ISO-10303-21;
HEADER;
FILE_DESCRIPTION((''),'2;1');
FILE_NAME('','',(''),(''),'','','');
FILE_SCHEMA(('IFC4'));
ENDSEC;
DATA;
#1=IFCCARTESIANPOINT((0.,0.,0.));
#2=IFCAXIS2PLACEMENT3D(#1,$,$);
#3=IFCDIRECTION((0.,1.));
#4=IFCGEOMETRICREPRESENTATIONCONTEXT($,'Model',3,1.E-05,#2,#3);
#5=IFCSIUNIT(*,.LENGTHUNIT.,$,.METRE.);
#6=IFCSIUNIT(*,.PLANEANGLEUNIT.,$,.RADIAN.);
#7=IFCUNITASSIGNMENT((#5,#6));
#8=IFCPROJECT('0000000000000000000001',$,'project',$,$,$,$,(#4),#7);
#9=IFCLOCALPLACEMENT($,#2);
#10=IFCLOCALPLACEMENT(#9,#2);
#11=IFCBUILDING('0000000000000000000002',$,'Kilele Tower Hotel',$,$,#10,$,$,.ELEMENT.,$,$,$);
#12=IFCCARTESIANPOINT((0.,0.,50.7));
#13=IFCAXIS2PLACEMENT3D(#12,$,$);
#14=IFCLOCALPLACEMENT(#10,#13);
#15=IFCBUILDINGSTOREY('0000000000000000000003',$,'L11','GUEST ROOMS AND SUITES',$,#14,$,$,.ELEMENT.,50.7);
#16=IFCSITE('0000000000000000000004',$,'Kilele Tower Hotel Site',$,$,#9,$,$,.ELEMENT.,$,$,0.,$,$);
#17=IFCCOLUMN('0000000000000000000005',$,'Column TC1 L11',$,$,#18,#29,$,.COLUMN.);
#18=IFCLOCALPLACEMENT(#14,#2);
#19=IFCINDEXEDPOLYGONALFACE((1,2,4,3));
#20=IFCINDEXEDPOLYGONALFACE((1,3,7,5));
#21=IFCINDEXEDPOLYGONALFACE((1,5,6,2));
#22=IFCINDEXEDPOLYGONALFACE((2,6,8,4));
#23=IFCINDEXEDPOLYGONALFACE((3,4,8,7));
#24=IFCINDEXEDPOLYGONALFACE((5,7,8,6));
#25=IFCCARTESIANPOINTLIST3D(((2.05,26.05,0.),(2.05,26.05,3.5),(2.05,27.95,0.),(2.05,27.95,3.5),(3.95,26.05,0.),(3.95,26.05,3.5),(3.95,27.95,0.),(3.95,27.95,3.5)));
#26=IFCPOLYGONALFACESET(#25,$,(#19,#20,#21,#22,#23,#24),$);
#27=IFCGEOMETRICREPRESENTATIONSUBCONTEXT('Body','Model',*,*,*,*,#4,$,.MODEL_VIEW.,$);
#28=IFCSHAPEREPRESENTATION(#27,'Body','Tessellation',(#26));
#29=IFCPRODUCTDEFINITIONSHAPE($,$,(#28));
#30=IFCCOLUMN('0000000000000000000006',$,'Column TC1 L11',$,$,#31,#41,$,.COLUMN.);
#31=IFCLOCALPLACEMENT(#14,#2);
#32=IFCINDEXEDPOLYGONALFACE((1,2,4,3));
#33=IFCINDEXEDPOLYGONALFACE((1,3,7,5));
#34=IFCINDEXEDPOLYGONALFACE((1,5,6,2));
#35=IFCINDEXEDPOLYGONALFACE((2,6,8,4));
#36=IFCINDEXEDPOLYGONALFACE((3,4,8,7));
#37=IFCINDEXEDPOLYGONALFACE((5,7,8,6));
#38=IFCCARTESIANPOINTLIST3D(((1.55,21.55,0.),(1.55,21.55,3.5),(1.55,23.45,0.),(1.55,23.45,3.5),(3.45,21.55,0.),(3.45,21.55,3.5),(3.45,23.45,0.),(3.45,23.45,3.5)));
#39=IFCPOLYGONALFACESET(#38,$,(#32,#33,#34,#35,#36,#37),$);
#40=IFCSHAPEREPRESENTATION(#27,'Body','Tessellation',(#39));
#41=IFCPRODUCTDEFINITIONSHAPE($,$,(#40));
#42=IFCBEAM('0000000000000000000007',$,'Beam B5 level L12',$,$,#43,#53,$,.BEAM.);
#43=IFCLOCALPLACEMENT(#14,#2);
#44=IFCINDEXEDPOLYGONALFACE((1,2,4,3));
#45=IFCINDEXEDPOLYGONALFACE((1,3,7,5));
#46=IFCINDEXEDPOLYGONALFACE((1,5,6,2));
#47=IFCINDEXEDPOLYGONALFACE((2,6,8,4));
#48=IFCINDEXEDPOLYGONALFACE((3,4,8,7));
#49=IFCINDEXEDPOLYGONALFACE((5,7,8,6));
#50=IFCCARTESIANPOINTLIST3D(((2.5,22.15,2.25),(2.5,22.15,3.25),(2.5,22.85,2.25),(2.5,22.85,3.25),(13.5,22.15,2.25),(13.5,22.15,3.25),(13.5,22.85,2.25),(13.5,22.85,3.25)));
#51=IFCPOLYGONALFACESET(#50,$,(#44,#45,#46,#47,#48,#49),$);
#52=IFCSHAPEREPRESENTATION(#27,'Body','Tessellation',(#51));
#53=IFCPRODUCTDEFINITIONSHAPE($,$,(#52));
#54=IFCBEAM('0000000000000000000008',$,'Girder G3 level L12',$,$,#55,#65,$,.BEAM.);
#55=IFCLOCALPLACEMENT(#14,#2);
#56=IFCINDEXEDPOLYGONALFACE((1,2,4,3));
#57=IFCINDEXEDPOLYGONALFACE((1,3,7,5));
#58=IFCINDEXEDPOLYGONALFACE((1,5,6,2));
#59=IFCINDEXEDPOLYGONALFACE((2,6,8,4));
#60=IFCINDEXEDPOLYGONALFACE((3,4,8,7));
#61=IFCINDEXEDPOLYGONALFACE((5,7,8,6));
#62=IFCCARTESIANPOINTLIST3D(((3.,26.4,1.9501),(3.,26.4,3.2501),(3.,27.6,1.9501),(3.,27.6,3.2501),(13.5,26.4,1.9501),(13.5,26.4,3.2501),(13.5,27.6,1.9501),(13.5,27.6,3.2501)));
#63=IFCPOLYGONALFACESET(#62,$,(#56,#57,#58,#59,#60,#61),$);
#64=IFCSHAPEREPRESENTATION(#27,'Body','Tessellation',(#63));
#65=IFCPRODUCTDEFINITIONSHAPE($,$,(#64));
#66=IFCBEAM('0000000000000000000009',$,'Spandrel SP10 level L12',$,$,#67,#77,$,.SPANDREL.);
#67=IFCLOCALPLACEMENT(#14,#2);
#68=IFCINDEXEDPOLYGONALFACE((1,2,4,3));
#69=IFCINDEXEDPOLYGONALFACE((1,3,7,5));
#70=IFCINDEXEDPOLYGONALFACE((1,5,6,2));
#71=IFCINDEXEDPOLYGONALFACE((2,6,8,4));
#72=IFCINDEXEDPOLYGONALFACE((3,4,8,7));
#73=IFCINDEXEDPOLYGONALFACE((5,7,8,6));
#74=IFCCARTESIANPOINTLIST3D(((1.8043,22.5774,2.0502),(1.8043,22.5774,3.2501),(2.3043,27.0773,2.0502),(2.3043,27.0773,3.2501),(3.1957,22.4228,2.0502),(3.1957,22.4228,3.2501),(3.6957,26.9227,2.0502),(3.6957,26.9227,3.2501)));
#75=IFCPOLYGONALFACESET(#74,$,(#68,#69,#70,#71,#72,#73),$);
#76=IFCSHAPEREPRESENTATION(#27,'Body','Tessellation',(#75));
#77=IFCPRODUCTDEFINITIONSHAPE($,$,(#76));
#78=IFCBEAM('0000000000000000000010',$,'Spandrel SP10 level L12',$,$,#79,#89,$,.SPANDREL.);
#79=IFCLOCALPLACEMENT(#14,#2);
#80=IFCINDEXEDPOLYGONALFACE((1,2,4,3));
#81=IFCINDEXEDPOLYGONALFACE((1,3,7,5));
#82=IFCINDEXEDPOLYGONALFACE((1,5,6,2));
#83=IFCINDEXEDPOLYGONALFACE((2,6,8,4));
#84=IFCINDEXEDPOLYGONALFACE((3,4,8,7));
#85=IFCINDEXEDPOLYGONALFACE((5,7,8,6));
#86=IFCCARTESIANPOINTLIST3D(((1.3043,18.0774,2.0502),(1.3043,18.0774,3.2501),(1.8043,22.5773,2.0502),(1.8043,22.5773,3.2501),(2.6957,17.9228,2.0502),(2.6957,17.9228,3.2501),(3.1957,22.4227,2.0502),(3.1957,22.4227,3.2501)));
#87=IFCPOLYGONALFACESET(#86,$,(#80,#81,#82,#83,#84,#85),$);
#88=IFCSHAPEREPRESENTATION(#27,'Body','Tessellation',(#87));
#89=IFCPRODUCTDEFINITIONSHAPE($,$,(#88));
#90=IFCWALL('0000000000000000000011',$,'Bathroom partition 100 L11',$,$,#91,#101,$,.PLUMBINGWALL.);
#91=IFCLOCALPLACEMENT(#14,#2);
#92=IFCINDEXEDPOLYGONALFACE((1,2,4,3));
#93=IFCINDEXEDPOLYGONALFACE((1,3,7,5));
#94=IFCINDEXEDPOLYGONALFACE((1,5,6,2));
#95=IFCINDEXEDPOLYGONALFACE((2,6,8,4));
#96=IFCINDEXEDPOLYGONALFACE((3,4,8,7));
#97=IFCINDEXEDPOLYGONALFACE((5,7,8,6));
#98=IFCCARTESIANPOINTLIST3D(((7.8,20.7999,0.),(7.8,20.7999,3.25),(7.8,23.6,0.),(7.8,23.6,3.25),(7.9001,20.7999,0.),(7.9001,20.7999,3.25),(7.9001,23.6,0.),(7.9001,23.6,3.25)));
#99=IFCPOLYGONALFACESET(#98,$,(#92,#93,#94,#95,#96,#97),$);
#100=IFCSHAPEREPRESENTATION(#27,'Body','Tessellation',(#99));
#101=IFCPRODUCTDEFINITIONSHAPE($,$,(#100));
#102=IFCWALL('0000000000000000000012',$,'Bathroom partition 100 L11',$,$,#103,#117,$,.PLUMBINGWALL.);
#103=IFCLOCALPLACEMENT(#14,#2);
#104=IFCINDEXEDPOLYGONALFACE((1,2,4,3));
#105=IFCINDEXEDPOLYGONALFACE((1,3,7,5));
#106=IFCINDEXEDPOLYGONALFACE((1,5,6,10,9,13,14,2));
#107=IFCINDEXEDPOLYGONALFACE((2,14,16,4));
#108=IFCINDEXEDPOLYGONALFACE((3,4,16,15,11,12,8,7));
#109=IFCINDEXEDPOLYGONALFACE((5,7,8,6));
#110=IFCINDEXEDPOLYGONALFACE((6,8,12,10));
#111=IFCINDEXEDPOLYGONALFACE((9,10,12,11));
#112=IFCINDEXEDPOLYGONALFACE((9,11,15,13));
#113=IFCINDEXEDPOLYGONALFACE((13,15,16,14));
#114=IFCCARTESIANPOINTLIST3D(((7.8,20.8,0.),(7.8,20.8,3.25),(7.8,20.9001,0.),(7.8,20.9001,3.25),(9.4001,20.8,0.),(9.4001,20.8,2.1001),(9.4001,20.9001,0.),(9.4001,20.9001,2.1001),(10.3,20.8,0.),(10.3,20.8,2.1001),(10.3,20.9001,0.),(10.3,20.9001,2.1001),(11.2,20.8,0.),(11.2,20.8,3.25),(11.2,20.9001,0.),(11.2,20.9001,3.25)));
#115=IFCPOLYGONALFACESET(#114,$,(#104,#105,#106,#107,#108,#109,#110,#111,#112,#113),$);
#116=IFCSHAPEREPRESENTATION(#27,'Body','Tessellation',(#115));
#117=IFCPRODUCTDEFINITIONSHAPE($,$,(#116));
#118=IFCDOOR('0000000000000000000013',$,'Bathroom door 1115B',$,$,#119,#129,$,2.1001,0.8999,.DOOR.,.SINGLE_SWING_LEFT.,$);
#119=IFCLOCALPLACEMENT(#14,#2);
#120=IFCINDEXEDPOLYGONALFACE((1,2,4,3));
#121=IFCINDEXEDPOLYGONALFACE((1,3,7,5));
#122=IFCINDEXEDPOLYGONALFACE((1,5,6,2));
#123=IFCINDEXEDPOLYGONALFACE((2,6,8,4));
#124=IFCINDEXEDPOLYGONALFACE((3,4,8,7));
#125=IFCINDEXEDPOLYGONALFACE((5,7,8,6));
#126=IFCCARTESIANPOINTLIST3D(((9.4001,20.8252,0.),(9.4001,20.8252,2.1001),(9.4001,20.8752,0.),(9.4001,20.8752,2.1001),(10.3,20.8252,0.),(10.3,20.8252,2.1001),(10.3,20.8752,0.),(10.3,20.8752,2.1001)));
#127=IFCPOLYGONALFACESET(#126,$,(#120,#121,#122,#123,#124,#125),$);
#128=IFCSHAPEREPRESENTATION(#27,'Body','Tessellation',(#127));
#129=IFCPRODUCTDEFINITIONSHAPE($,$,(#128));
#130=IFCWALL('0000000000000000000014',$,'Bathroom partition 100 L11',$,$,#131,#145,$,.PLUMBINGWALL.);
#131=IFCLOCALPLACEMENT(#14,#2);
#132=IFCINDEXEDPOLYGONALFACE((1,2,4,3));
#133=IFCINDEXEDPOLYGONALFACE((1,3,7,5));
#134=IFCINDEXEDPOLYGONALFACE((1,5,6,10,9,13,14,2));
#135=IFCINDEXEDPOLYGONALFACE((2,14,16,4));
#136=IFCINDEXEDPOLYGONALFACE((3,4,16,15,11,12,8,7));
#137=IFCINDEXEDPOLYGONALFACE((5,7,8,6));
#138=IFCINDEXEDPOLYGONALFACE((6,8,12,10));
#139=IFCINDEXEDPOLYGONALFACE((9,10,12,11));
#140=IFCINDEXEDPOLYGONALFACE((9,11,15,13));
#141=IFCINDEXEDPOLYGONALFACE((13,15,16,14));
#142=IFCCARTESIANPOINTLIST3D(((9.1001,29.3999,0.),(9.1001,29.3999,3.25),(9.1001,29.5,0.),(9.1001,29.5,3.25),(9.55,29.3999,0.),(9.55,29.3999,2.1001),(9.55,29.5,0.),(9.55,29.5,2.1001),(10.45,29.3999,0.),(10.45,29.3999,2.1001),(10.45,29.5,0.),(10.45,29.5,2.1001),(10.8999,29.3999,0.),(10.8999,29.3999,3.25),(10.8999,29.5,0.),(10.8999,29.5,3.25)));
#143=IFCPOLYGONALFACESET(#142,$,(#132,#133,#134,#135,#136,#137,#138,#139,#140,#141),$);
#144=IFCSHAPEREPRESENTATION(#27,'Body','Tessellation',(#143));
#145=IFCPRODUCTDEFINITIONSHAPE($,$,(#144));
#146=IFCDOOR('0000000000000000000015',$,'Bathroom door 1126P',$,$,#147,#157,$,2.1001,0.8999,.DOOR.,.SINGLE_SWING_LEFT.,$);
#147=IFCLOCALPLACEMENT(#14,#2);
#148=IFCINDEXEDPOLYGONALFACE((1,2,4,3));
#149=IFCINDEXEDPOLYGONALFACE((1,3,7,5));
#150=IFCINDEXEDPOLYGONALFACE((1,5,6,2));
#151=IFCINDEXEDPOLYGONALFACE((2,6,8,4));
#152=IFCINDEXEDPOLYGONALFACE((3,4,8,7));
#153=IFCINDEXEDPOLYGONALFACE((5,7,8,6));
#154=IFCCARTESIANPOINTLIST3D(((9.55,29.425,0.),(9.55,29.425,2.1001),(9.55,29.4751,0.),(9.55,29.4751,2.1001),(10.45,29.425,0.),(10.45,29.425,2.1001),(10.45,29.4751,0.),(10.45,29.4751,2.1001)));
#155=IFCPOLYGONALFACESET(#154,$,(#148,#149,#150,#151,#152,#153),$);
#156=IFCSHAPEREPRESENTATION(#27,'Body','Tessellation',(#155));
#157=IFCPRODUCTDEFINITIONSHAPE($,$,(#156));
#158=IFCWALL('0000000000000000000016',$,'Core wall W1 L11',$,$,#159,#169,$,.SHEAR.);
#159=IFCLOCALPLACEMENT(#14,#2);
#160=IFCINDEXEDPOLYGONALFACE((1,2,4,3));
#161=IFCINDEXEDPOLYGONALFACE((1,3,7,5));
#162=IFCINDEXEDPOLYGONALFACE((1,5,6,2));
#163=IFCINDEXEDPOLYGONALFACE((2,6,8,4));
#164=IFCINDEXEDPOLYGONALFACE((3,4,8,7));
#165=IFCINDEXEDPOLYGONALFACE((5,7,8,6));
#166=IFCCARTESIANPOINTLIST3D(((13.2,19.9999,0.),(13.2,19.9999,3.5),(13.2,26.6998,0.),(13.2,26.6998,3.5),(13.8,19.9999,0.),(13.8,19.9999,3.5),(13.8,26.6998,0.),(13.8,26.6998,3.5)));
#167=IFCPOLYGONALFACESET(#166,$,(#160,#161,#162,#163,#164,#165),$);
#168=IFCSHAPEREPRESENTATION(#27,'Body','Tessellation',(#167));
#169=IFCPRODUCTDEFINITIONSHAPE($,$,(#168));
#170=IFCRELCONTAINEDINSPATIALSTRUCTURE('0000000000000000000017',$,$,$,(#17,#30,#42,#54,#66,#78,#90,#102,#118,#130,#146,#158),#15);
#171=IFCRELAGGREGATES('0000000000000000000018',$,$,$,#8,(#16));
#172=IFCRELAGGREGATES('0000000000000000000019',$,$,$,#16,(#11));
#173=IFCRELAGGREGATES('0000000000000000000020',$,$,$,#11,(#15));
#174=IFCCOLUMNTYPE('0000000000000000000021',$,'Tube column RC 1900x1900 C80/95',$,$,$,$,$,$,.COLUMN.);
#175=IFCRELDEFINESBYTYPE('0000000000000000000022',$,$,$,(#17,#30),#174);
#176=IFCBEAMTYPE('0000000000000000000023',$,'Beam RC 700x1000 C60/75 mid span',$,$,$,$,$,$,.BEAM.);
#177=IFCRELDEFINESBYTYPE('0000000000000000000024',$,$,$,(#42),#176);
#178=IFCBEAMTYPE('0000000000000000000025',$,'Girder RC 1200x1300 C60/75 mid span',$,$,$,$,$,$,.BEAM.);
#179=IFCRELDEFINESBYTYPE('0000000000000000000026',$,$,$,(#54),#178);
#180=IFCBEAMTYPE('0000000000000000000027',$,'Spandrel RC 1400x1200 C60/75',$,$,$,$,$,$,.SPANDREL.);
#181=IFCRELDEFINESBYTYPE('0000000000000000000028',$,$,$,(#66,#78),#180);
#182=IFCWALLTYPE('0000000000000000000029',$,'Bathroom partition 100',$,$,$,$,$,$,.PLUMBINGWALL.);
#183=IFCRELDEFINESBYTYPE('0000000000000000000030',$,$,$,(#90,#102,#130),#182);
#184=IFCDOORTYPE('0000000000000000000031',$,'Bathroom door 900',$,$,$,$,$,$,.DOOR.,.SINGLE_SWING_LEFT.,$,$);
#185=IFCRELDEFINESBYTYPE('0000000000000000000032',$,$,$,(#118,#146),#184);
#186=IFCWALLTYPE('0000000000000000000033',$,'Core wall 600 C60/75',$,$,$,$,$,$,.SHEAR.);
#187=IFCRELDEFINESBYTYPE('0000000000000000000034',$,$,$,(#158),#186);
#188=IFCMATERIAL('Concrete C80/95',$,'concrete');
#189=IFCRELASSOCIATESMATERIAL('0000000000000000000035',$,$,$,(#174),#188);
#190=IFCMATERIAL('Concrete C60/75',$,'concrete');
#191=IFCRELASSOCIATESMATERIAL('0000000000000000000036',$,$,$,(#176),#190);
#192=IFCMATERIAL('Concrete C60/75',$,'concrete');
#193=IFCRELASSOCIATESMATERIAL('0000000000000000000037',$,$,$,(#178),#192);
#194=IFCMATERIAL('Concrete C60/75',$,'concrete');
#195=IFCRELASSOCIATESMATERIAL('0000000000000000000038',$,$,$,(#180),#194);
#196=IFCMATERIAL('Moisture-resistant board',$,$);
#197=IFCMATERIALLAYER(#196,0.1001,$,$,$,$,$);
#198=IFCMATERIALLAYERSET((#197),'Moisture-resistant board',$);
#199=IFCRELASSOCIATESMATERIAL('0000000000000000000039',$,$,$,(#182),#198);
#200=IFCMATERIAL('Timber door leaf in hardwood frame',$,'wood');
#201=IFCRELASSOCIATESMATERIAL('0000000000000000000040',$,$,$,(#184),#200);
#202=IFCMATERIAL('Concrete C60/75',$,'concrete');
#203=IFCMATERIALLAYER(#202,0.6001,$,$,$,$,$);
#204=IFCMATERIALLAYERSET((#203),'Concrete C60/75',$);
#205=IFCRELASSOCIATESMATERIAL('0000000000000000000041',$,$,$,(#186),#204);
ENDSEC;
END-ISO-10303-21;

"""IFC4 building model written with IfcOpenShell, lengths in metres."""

from ifc_helpers import new_model, si_unit, direction, frame, frame_2d, origin, origin_2d, place, context, subcontext, project, spatial, rectangle, extrude, material, layer, layer_set, material_profile, profile_set, type_object, element, fill, save


model = new_model("IFC4")

# Units and contexts
model_context = context("Model", 3, precision=1e-05, world=origin(), true_north=direction((0.0, 1.0)))
body_context = subcontext(model_context, "Body", "Model", "MODEL_VIEW")
ifc_project = project(units=[si_unit("LENGTHUNIT", "METRE"), si_unit("PLANEANGLEUNIT", "RADIAN")], contexts=[model_context])

# Site, building, storey
site_placement = place(None, origin())
site = spatial("IfcSite", under=ifc_project, at=site_placement, Name="Kilele Tower Hotel Site", CompositionType="ELEMENT", RefElevation=0.0)
building_placement = place(site_placement, origin())
building = spatial("IfcBuilding", under=site, at=building_placement, Name="Kilele Tower Hotel", CompositionType="ELEMENT")
storey_placement = place(building_placement, frame((0.0, 0.0, 50.7)))
storey = spatial("IfcBuildingStorey", under=building, at=storey_placement, Name="L11", Description="GUEST ROOMS AND SUITES", CompositionType="ELEMENT", Elevation=50.7)

# Columns
ifc_material_1 = material(Name="Concrete C80/95", Category="concrete")
ifc_material_profile_1 = material_profile(ifc_material_1, rectangle(XDim=1.8999, YDim=1.8999, at=origin_2d()))
ifc_profile_set_1 = profile_set([ifc_material_profile_1], Name="Concrete C80/95")
column_type = type_object("IfcColumnType", Name="Tube column RC 1900x1900 C80/95", PredefinedType="COLUMN", material=ifc_profile_set_1)
for number, where, z_axis, x_axis, name in (
    (1, (3.0, 27.0, 0.0), (0.0, 0.0, 1.0), (1.0, 0.0, 0.0), "Column TC1 L11"),
    (2, (2.5, 22.5, 0.0), (0.0, 0.0, 1.0), (1.0, 0.0, 0.0), "Column TC1 L11"),
):
    element("IfcColumn", number, at=place(storey_placement, frame(where, z_axis=z_axis, x_axis=x_axis)), inside=storey, type_object=column_type, Name=name, PredefinedType="COLUMN", context=body_context, shape_type="SweptSolid", body=[
        extrude(rectangle(XDim=1.8999, YDim=1.8999, at=origin_2d()), origin(), (0.0, 0.0, 1.0), 3.5),
    ])

# Beams
ifc_material_2 = material(Name="Concrete C60/75", Category="concrete")
ifc_material_profile_2 = material_profile(ifc_material_2, rectangle(XDim=0.7, YDim=1.0, at=origin_2d()))
ifc_profile_set_2 = profile_set([ifc_material_profile_2], Name="Concrete C60/75")
beam_type_1 = type_object("IfcBeamType", Name="Beam RC 700x1000 C60/75 mid span", PredefinedType="BEAM", material=ifc_profile_set_2)
beam_1_placement = place(storey_placement, frame((2.5, 22.5, 2.75), z_axis=(1.0, 0.0, 0.0), x_axis=(0.0, 1.0, 0.0)))
element("IfcBeam", 3, at=beam_1_placement, inside=storey, type_object=beam_type_1, Name="Beam B5 level L12", PredefinedType="BEAM", context=body_context, shape_type="SweptSolid", body=[
    extrude(rectangle(XDim=0.7, YDim=1.0, at=origin_2d()), origin(), (0.0, 0.0, 1.0), 11.0),
])
ifc_material_3 = material(Name="Concrete C60/75", Category="concrete")
ifc_material_profile_3 = material_profile(ifc_material_3, rectangle(XDim=1.2, YDim=1.3, at=origin_2d()))
ifc_profile_set_3 = profile_set([ifc_material_profile_3], Name="Concrete C60/75")
beam_type_2 = type_object("IfcBeamType", Name="Girder RC 1200x1300 C60/75 mid span", PredefinedType="BEAM", material=ifc_profile_set_3)
beam_2_placement = place(storey_placement, frame((3.0, 27.0, 2.6001), z_axis=(1.0, 0.0, 0.0), x_axis=(0.0, 1.0, 0.0)))
element("IfcBeam", 4, at=beam_2_placement, inside=storey, type_object=beam_type_2, Name="Girder G3 level L12", PredefinedType="BEAM", context=body_context, shape_type="SweptSolid", body=[
    extrude(rectangle(XDim=1.2, YDim=1.3, at=origin_2d()), origin(), (0.0, 0.0, 1.0), 10.5),
])
ifc_material_4 = material(Name="Concrete C60/75", Category="concrete")
ifc_material_profile_4 = material_profile(ifc_material_4, rectangle(XDim=1.3999, YDim=1.2, at=origin_2d()))
ifc_profile_set_4 = profile_set([ifc_material_profile_4], Name="Concrete C60/75")
beam_type_3 = type_object("IfcBeamType", Name="Spandrel RC 1400x1200 C60/75", PredefinedType="SPANDREL", material=ifc_profile_set_4)
for number, where, z_axis, x_axis, name in (
    (5, (3.0, 27.0, 2.6501), (-0.110432, -0.993884, 0.0), (0.993884, -0.110432, 0.0), "Spandrel SP10 level L12"),
    (6, (2.5, 22.5, 2.6501), (-0.110432, -0.993884, 0.0), (0.993884, -0.110432, 0.0), "Spandrel SP10 level L12"),
):
    element("IfcBeam", number, at=place(storey_placement, frame(where, z_axis=z_axis, x_axis=x_axis)), inside=storey, type_object=beam_type_3, Name=name, PredefinedType="SPANDREL", context=body_context, shape_type="SweptSolid", body=[
        extrude(rectangle(XDim=1.3999, YDim=1.2, at=origin_2d()), origin(), (0.0, 0.0, 1.0), 4.5276),
    ])

# Wall
ifc_material_5 = material(Name="Moisture-resistant board")
ifc_layer_1 = layer(ifc_material_5, 0.1001)
ifc_layer_set_1 = layer_set([ifc_layer_1], Name="Moisture-resistant board")
wall_type_1 = type_object("IfcWallType", Name="Bathroom partition 100", PredefinedType="PLUMBINGWALL", material=ifc_layer_set_1)
wall_1_placement = place(storey_placement, frame((7.8501, 20.8, 0.0), z_axis=(0.0, 0.0, 1.0), x_axis=(0.0, 1.0, 0.0)))
element("IfcWall", 7, at=wall_1_placement, inside=storey, type_object=wall_type_1, Name="Bathroom partition 100 L11", PredefinedType="PLUMBINGWALL", context=body_context, shape_type="SweptSolid", body=[
    extrude(rectangle(XDim=2.8, YDim=0.1001, at=frame_2d((1.3999, 0.0))), origin(), (0.0, 0.0, 1.0), 3.25),
])

# Walls, openings, doors
wall_2_placement = place(storey_placement, frame((11.2, 20.8501, 0.0), z_axis=(0.0, 0.0, 1.0), x_axis=(-1.0, 0.0, 0.0)))
wall_2 = element("IfcWall", 8, at=wall_2_placement, inside=storey, type_object=wall_type_1, Name="Bathroom partition 100 L11", PredefinedType="PLUMBINGWALL", context=body_context, shape_type="SweptSolid", body=[
    extrude(rectangle(XDim=3.3999, YDim=0.1001, at=frame_2d((1.7, 0.0))), origin(), (0.0, 0.0, 1.0), 3.25),
])
opening_1_placement = place(wall_2_placement, frame((0.8999, 0.0, 0.0)))
opening_1 = element("IfcOpeningElement", 9, at=opening_1_placement, cuts=wall_2, PredefinedType="OPENING", context=body_context, shape_type="SweptSolid", body=[
    extrude(rectangle(XDim=0.8999, YDim=2.1001, at=frame_2d((0.45, 1.05))), frame((0.0, 0.0601, 0.0), z_axis=(0.0, -1.0, 0.0), x_axis=(1.0, 0.0, 0.0)), (0.0, 0.0, 1.0), 0.1201),
])
ifc_material_6 = material(Name="Timber door leaf in hardwood frame", Category="wood")
door_type_1 = type_object("IfcDoorType", Name="Bathroom door 900", OperationType="SINGLE_SWING_LEFT", PredefinedType="DOOR", material=ifc_material_6)
door_1_placement = place(opening_1_placement, origin())
door_1 = element("IfcDoor", 10, at=door_1_placement, inside=storey, type_object=door_type_1, Name="Bathroom door 1115B", OperationType="SINGLE_SWING_LEFT", OverallHeight=2.1001, OverallWidth=0.8999, PredefinedType="DOOR", context=body_context, shape_type="SweptSolid", body=[
    extrude(rectangle(XDim=0.8999, YDim=2.1001, at=frame_2d((0.45, 1.05))), frame((0.0, 0.0249, 0.0), z_axis=(0.0, -1.0, 0.0), x_axis=(1.0, 0.0, 0.0)), (0.0, 0.0, 1.0), 0.05),
])
fill(opening_1, door_1)
wall_3_placement = place(storey_placement, frame((10.8999, 29.45, 0.0), z_axis=(0.0, 0.0, 1.0), x_axis=(-1.0, 0.0, 0.0)))
wall_3 = element("IfcWall", 11, at=wall_3_placement, inside=storey, type_object=wall_type_1, Name="Bathroom partition 100 L11", PredefinedType="PLUMBINGWALL", context=body_context, shape_type="SweptSolid", body=[
    extrude(rectangle(XDim=1.7998, YDim=0.1001, at=frame_2d((0.8999, 0.0))), origin(), (0.0, 0.0, 1.0), 3.25),
])
opening_2_placement = place(wall_3_placement, frame((0.45, 0.0, 0.0)))
opening_2 = element("IfcOpeningElement", 12, at=opening_2_placement, cuts=wall_3, PredefinedType="OPENING", context=body_context, shape_type="SweptSolid", body=[
    extrude(rectangle(XDim=0.8999, YDim=2.1001, at=frame_2d((0.45, 1.05))), frame((0.0, 0.0601, 0.0), z_axis=(0.0, -1.0, 0.0), x_axis=(1.0, 0.0, 0.0)), (0.0, 0.0, 1.0), 0.1201),
])
door_2_placement = place(opening_2_placement, origin())
door_2 = element("IfcDoor", 13, at=door_2_placement, inside=storey, type_object=door_type_1, Name="Bathroom door 1126P", OperationType="SINGLE_SWING_LEFT", OverallHeight=2.1001, OverallWidth=0.8999, PredefinedType="DOOR", context=body_context, shape_type="SweptSolid", body=[
    extrude(rectangle(XDim=0.8999, YDim=2.1001, at=frame_2d((0.45, 1.05))), frame((0.0, 0.0249, 0.0), z_axis=(0.0, -1.0, 0.0), x_axis=(1.0, 0.0, 0.0)), (0.0, 0.0, 1.0), 0.05),
])
fill(opening_2, door_2)

# Wall
ifc_material_7 = material(Name="Concrete C60/75", Category="concrete")
ifc_layer_2 = layer(ifc_material_7, 0.6001)
ifc_layer_set_2 = layer_set([ifc_layer_2], Name="Concrete C60/75")
wall_type_2 = type_object("IfcWallType", Name="Core wall 600 C60/75", PredefinedType="SHEAR", material=ifc_layer_set_2)
wall_4_placement = place(storey_placement, frame((13.5, 26.7, 0.0), z_axis=(0.0, 0.0, 1.0), x_axis=(0.0, -1.0, 0.0)))
element("IfcWall", 14, at=wall_4_placement, inside=storey, type_object=wall_type_2, Name="Core wall W1 L11", PredefinedType="SHEAR", context=body_context, shape_type="SweptSolid", body=[
    extrude(rectangle(XDim=6.7, YDim=0.6001, at=frame_2d((3.3501, 0.0))), origin(), (0.0, 0.0, 1.0), 3.5),
])

save(model, "model.ifc")
